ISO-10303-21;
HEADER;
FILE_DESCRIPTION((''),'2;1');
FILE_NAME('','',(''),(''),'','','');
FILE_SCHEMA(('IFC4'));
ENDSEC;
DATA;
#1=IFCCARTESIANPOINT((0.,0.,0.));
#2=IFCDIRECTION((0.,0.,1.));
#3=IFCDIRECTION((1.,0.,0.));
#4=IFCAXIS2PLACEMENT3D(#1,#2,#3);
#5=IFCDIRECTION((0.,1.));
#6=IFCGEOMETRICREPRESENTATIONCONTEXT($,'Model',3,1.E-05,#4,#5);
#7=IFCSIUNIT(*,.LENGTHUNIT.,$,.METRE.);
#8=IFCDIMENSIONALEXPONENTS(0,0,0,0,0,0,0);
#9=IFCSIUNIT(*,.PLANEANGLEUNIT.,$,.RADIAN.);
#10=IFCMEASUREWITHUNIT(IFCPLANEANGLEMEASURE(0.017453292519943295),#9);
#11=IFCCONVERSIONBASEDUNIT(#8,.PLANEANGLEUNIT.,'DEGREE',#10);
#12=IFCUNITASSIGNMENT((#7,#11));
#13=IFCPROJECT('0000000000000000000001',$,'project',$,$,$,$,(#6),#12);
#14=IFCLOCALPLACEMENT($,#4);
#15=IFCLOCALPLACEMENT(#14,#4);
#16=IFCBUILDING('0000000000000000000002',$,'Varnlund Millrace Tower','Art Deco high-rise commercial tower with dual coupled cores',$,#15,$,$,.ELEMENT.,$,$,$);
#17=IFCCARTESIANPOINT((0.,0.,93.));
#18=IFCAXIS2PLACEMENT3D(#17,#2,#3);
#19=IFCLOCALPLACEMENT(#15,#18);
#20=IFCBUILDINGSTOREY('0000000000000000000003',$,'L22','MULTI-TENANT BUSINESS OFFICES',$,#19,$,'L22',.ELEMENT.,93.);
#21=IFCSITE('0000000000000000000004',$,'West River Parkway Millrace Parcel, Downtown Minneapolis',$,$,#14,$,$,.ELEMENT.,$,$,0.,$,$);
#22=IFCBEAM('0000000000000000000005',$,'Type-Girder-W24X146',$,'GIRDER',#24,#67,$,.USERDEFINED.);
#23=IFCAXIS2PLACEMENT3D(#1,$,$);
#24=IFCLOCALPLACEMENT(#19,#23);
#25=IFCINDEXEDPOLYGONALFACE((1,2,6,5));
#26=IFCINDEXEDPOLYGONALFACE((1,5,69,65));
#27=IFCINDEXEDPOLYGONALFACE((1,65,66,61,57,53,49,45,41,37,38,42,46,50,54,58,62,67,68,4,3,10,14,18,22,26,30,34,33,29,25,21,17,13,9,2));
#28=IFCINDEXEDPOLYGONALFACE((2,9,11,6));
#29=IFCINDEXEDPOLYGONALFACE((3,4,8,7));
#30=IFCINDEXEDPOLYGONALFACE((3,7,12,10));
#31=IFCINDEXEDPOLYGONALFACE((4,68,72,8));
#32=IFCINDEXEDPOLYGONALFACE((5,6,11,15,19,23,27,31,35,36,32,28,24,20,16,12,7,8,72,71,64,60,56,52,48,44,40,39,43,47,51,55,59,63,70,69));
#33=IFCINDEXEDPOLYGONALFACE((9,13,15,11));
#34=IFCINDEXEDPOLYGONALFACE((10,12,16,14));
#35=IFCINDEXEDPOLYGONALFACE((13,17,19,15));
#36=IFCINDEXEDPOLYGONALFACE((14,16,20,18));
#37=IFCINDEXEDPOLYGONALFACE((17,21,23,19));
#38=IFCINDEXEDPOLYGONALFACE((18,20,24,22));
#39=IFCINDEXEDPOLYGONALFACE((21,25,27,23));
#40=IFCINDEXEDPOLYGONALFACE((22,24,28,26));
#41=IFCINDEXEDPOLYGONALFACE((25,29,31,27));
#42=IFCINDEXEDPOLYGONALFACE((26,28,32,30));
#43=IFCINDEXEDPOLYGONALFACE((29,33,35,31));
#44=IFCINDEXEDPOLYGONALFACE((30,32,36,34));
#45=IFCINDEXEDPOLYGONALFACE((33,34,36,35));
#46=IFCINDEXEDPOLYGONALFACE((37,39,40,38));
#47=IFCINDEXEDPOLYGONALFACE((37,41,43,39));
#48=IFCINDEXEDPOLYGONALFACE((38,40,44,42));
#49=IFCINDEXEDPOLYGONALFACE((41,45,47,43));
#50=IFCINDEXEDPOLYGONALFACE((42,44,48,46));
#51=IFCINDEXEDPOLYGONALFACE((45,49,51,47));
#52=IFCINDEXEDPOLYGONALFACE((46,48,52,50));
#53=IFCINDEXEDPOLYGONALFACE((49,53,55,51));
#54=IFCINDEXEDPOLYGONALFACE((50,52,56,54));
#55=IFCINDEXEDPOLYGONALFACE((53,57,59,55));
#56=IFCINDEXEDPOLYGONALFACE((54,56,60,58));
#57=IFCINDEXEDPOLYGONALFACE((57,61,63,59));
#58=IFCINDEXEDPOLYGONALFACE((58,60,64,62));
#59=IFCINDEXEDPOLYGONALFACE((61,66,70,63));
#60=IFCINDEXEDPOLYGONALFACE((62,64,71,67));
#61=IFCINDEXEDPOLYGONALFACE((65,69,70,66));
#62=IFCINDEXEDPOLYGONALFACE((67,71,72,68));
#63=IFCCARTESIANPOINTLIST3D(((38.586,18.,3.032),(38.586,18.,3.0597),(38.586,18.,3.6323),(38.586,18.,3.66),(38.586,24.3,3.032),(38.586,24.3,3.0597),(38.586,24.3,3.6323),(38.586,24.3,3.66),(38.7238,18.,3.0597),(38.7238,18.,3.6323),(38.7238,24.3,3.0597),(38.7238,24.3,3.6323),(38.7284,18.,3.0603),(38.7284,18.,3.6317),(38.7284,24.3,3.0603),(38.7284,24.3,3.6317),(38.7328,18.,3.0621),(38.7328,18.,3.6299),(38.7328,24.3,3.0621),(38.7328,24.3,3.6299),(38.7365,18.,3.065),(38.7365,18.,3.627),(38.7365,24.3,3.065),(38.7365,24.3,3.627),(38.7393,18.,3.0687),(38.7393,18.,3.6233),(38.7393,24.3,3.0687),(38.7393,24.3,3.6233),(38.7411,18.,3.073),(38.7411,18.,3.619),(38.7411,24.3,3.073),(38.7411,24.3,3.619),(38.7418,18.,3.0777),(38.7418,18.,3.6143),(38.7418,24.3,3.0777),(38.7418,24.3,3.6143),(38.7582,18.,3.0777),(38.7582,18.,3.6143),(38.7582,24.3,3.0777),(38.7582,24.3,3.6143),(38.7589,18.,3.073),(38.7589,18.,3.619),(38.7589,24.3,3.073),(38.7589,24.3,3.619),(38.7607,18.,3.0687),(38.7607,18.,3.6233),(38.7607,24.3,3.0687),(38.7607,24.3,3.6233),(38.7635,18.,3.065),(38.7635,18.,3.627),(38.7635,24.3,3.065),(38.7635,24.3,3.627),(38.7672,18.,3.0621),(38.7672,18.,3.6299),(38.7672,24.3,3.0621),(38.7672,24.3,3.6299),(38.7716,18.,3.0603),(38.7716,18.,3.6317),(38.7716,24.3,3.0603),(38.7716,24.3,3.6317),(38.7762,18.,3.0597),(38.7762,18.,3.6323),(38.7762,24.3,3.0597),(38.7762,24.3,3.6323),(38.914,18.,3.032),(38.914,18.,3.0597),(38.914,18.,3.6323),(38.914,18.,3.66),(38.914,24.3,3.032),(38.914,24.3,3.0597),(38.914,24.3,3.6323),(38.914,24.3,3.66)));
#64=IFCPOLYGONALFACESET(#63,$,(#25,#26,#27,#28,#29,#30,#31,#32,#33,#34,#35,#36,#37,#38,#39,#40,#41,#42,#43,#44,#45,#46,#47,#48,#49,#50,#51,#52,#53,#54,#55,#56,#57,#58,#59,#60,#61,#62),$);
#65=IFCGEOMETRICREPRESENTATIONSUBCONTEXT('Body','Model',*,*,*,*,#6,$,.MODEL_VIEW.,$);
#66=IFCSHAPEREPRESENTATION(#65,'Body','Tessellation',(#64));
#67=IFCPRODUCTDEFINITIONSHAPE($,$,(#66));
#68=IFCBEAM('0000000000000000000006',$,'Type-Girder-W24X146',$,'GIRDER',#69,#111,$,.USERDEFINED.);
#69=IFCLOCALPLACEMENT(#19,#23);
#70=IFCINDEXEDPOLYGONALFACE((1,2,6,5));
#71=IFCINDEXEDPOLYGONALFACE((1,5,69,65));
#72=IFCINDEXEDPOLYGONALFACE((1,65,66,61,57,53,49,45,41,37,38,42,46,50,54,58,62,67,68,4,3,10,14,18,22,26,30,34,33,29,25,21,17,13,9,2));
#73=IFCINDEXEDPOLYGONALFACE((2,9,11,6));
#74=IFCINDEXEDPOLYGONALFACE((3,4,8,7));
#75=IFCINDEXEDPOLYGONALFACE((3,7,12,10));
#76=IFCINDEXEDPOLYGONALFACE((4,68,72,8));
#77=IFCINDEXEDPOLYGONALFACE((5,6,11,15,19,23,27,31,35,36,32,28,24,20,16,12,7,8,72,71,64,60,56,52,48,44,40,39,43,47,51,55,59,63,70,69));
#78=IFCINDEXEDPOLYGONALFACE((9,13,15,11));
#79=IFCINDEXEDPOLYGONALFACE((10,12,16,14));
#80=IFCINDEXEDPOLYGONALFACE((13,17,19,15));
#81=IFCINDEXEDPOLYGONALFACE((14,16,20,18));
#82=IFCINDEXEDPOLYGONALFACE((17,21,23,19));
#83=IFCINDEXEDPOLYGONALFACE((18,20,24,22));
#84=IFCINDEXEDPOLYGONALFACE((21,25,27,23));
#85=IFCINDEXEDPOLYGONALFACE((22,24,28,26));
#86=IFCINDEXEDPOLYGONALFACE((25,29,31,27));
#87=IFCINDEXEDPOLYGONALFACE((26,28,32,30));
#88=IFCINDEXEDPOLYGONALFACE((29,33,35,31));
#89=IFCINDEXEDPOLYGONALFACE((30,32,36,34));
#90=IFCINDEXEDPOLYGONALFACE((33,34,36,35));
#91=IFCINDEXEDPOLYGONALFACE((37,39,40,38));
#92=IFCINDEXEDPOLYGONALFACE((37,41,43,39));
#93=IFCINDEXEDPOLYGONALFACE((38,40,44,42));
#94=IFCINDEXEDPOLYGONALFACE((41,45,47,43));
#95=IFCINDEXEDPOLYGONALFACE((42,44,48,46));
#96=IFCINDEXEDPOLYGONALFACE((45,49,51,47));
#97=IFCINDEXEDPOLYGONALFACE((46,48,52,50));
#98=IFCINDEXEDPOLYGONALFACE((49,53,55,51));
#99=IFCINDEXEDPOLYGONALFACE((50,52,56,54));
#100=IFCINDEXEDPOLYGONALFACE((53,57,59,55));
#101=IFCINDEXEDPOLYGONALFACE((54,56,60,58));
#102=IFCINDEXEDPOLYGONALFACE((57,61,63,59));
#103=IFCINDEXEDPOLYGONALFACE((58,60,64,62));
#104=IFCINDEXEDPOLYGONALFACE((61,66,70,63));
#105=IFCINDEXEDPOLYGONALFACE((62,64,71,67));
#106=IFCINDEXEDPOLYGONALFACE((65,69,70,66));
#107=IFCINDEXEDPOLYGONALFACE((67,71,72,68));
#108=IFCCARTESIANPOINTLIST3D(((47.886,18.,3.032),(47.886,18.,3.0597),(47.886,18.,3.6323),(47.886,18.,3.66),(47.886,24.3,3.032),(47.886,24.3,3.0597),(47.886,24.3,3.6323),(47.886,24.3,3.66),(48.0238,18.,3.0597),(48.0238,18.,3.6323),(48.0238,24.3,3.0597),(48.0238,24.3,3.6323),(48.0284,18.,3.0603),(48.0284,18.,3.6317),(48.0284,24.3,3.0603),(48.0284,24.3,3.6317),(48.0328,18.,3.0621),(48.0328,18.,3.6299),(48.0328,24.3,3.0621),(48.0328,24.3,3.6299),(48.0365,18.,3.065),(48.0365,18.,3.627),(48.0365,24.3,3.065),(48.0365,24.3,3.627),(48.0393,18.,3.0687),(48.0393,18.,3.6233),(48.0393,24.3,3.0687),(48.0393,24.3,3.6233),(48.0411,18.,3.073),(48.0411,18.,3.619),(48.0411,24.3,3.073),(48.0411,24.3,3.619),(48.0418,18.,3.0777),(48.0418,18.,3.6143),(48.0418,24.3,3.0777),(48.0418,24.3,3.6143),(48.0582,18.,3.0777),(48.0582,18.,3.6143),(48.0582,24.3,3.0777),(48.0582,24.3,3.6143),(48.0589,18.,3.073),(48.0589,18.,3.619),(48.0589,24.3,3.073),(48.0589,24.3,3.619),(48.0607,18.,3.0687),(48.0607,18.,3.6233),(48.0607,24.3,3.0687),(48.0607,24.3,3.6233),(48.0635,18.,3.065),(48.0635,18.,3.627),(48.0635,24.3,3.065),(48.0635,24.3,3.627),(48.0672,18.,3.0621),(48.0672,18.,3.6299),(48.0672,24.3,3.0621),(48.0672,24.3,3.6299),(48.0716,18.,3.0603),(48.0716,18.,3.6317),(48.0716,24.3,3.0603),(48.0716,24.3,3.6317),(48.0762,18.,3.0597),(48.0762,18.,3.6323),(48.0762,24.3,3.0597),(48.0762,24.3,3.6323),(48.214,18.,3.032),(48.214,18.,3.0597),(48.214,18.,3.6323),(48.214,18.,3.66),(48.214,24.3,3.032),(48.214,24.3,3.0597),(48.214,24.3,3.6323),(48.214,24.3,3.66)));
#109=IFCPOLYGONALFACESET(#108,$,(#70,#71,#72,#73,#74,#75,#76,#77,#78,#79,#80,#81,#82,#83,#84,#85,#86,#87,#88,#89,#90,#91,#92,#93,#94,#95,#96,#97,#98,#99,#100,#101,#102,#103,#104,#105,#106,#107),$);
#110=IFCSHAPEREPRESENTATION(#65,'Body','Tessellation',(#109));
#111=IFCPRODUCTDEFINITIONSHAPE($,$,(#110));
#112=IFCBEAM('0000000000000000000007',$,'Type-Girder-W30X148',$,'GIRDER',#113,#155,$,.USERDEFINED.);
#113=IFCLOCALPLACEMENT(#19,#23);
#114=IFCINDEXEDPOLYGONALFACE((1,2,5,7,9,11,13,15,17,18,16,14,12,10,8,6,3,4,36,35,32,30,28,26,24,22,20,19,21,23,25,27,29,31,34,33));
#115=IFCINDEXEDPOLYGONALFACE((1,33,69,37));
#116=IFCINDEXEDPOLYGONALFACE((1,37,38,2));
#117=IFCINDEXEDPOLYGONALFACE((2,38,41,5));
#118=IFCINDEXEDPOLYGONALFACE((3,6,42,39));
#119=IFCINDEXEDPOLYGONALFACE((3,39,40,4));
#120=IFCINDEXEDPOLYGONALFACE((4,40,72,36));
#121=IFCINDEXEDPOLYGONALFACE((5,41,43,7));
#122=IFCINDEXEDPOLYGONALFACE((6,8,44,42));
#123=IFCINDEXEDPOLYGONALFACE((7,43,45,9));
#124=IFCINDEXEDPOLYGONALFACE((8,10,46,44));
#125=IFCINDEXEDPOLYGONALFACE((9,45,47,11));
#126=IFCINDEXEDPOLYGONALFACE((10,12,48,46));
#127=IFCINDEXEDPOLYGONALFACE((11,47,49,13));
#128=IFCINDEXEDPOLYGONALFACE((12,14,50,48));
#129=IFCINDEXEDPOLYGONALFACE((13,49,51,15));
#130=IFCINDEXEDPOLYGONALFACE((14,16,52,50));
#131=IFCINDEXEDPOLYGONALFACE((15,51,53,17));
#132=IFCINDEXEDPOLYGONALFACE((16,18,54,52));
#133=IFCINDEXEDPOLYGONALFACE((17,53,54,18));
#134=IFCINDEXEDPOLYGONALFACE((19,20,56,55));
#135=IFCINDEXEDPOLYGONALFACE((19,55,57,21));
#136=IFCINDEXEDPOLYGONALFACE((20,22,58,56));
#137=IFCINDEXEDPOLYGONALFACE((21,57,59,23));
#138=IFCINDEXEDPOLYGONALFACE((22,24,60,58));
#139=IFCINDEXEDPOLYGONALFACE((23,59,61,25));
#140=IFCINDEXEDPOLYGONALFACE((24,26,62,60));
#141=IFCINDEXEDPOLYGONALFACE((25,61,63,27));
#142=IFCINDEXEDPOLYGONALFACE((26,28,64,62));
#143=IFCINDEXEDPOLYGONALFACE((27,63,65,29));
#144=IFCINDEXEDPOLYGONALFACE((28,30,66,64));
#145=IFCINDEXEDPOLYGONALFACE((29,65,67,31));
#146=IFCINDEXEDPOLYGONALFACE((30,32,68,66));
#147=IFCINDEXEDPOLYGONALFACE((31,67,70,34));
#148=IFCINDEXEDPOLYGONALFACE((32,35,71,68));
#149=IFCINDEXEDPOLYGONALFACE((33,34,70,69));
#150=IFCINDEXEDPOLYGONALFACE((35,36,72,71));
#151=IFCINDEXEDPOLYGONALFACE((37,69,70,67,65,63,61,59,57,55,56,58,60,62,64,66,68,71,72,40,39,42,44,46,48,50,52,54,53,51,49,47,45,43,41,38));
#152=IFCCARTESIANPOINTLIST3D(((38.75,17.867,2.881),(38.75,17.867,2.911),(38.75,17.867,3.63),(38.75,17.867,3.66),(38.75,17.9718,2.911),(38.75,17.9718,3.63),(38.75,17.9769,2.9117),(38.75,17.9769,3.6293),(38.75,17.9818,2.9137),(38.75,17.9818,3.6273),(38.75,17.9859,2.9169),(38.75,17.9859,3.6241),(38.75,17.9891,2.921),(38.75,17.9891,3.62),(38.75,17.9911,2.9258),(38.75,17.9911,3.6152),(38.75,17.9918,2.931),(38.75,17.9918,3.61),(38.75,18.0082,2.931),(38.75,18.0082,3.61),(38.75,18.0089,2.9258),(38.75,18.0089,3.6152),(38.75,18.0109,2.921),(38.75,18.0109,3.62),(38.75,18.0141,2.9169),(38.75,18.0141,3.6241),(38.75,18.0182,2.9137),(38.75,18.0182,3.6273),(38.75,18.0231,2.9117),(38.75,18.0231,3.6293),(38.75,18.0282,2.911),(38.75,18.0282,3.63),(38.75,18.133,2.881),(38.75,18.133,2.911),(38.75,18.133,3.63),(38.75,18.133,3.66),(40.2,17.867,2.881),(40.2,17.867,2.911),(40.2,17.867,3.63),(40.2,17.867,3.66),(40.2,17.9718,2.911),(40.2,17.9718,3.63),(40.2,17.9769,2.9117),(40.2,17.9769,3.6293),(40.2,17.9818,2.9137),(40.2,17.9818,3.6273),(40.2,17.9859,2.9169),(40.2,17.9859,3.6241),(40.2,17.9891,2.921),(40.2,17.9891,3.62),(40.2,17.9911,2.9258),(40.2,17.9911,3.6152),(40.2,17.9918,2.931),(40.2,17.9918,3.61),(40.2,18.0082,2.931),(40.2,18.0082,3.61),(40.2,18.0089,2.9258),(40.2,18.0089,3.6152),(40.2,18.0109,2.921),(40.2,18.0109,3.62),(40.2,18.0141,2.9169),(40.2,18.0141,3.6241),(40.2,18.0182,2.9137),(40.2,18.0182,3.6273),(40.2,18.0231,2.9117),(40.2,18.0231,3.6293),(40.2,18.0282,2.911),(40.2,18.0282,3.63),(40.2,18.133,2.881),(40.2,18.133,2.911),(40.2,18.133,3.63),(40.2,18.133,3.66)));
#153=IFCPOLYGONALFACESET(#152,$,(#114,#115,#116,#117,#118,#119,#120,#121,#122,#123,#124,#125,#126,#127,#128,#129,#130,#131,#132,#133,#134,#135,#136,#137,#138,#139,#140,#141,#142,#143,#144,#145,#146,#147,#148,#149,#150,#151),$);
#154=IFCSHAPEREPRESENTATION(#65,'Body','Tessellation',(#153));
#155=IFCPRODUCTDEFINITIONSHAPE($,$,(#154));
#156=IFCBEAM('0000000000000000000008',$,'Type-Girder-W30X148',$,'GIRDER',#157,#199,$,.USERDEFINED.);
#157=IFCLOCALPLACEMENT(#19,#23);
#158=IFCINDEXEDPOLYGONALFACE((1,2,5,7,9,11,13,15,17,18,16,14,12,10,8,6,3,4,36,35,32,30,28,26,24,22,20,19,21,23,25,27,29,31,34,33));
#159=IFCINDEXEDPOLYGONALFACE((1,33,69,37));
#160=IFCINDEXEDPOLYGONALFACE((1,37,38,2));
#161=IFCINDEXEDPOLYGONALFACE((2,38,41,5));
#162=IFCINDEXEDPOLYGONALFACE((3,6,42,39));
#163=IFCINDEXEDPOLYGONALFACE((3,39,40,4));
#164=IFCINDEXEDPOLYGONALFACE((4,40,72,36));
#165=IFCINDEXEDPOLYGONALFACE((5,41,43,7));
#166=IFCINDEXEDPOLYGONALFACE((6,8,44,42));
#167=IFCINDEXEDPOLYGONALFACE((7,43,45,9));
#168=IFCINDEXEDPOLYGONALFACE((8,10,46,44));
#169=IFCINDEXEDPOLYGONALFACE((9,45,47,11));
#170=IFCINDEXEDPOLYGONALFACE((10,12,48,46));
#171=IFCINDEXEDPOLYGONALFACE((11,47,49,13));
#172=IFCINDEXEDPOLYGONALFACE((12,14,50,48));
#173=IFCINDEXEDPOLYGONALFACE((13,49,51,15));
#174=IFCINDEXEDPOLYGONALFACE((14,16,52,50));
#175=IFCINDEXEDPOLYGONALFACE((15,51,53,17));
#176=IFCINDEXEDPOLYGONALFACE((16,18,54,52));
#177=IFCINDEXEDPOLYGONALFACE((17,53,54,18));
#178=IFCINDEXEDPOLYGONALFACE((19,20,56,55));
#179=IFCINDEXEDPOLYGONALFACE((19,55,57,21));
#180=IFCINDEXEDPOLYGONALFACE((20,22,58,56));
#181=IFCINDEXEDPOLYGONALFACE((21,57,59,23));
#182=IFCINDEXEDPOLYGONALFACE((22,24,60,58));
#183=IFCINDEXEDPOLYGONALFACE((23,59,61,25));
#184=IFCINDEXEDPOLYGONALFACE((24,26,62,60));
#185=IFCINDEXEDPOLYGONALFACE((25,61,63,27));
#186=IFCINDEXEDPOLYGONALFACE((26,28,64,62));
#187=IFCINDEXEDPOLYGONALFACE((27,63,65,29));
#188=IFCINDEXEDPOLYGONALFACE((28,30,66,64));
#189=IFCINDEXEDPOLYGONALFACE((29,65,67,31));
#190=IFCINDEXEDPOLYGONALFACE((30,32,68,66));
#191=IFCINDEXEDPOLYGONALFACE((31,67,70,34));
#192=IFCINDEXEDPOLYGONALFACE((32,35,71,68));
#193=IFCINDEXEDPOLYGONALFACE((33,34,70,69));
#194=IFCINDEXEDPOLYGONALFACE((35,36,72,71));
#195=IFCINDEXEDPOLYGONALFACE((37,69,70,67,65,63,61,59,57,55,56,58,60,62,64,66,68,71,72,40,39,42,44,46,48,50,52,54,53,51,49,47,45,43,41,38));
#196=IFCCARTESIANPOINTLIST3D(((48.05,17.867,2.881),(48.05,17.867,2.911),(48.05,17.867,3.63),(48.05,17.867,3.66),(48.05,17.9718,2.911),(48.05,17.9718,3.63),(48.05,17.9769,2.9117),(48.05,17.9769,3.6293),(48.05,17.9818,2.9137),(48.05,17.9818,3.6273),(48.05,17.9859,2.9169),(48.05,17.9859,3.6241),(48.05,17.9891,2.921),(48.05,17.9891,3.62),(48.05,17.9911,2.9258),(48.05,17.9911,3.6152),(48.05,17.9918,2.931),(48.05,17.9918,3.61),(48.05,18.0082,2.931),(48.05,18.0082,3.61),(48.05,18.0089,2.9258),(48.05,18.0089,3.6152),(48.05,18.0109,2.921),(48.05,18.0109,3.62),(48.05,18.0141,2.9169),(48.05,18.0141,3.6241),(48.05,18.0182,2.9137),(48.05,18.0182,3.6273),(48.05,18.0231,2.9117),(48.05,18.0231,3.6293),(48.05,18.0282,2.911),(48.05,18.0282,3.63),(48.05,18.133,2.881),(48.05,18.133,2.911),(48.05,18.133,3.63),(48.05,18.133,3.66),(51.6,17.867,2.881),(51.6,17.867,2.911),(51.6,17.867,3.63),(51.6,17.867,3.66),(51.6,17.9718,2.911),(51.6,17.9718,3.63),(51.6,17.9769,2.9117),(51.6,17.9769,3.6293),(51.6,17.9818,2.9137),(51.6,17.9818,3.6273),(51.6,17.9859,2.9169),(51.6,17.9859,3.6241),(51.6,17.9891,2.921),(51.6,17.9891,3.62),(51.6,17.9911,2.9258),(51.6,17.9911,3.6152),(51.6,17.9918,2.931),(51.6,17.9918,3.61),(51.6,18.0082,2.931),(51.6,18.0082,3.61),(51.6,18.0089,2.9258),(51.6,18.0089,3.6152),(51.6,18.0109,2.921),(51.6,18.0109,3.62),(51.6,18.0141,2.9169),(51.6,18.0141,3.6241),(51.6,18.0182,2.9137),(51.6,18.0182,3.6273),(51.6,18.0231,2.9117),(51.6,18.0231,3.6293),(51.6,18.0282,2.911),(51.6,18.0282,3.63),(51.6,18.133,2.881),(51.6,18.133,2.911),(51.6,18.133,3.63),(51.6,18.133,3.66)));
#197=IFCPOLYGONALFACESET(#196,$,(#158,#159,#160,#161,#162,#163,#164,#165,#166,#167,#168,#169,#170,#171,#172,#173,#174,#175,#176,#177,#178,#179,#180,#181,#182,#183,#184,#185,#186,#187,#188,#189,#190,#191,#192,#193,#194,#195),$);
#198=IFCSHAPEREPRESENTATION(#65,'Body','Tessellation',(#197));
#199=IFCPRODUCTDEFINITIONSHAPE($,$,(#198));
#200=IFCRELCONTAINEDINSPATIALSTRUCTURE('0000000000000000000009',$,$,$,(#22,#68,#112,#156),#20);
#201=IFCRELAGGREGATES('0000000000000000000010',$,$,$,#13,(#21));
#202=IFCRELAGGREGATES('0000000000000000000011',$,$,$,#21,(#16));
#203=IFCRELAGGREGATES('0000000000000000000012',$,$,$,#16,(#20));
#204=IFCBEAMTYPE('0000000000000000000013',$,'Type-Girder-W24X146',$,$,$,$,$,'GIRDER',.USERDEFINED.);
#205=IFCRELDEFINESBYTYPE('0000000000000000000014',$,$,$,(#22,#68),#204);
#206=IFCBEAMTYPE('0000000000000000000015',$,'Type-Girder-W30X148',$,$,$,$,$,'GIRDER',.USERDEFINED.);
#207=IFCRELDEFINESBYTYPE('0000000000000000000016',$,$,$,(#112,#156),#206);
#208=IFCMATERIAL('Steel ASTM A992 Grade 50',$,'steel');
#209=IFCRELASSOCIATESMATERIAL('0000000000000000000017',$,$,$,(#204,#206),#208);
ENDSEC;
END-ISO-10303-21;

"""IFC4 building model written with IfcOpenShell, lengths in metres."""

from ifc_helpers import new_model, entity, si_unit, converted_unit, direction, frame, origin_with_axes, origin_2d_with_axis, place, context, subcontext, project, spatial, i_section, extrude, material, material_profile, profile_set, type_object, element, save


model = new_model("IFC4")

# Units and contexts
model_context = context("Model", 3, precision=1e-05, world=origin_with_axes(), true_north=direction((0.0, 1.0)))
body_context = subcontext(model_context, "Body", "Model", "MODEL_VIEW")
ifc_project = project(units=[si_unit("LENGTHUNIT", "METRE"), converted_unit("PLANEANGLEUNIT", "DEGREE", entity("IfcPlaneAngleMeasure", 0.017453292519943295), si_unit("PLANEANGLEUNIT", "RADIAN"), dimensions=[0, 0, 0, 0, 0, 0, 0])], contexts=[model_context])

# Site, building, storey
site_placement = place(None, origin_with_axes())
site = spatial("IfcSite", under=ifc_project, at=site_placement, Name="West River Parkway Millrace Parcel, Downtown Minneapolis", CompositionType="ELEMENT", RefElevation=0.0)
building_placement = place(site_placement, origin_with_axes())
building = spatial("IfcBuilding", under=site, at=building_placement, Name="Varnlund Millrace Tower", Description="Art Deco high-rise commercial tower with dual coupled cores", CompositionType="ELEMENT")
storey_placement = place(building_placement, frame((0.0, 0.0, 93.0), z_axis=(0.0, 0.0, 1.0), x_axis=(1.0, 0.0, 0.0)))
storey = spatial("IfcBuildingStorey", under=building, at=storey_placement, Name="L22", Description="MULTI-TENANT BUSINESS OFFICES", LongName="L22", CompositionType="ELEMENT", Elevation=93.0)

# Beams
ifc_material_1 = material(Name="Steel ASTM A992 Grade 50", Category="steel")
ifc_material_profile_1 = material_profile(ifc_material_1, i_section(OverallWidth=0.328, OverallDepth=0.628, WebThickness=0.0165, FlangeThickness=0.0277, FilletRadius=0.018, at=origin_2d_with_axis()), Name="Steel ASTM A992 Grade 50")
ifc_profile_set_1 = profile_set([ifc_material_profile_1], Name="Steel ASTM A992 Grade 50")
beam_type_1 = type_object("IfcBeamType", Name="Type-Girder-W24X146", ElementType="GIRDER", PredefinedType="USERDEFINED", material=ifc_profile_set_1)
for number, where, z_axis, x_axis, name in (
    (1, (38.75, 18.0, 3.346), (0.0, 1.0, 0.0), (-1.0, 0.0, 0.0), "Type-Girder-W24X146"),
    (2, (48.05, 18.0, 3.346), (0.0, 1.0, 0.0), (-1.0, 0.0, 0.0), "Type-Girder-W24X146"),
):
    element("IfcBeam", number, at=place(storey_placement, frame(where, z_axis=z_axis, x_axis=x_axis)), inside=storey, type_object=beam_type_1, Name=name, ObjectType="GIRDER", PredefinedType="USERDEFINED", context=body_context, shape_type="SweptSolid", body=[
        extrude(i_section(OverallWidth=0.328, OverallDepth=0.628, WebThickness=0.0165, FlangeThickness=0.0277, FilletRadius=0.018, at=origin_2d_with_axis()), origin_with_axes(), (0.0, 0.0, 1.0), 6.3),
    ])
ifc_material_profile_2 = material_profile(ifc_material_1, i_section(OverallWidth=0.266, OverallDepth=0.779, WebThickness=0.0165, FlangeThickness=0.03, FilletRadius=0.02, at=origin_2d_with_axis()), Name="Steel ASTM A992 Grade 50")
ifc_profile_set_2 = profile_set([ifc_material_profile_2], Name="Steel ASTM A992 Grade 50")
beam_type_2 = type_object("IfcBeamType", Name="Type-Girder-W30X148", ElementType="GIRDER", PredefinedType="USERDEFINED", material=ifc_profile_set_2)
beam_1_placement = place(storey_placement, frame((38.75, 18.0, 3.2705), z_axis=(1.0, 0.0, 0.0), x_axis=(0.0, 1.0, 0.0)))
element("IfcBeam", 3, at=beam_1_placement, inside=storey, type_object=beam_type_2, Name="Type-Girder-W30X148", ObjectType="GIRDER", PredefinedType="USERDEFINED", context=body_context, shape_type="SweptSolid", body=[
    extrude(i_section(OverallWidth=0.266, OverallDepth=0.779, WebThickness=0.0165, FlangeThickness=0.03, FilletRadius=0.02, at=origin_2d_with_axis()), origin_with_axes(), (0.0, 0.0, 1.0), 1.45),
])
beam_2_placement = place(storey_placement, frame((48.05, 18.0, 3.2705), z_axis=(1.0, 0.0, 0.0), x_axis=(0.0, 1.0, 0.0)))
element("IfcBeam", 4, at=beam_2_placement, inside=storey, type_object=beam_type_2, Name="Type-Girder-W30X148", ObjectType="GIRDER", PredefinedType="USERDEFINED", context=body_context, shape_type="SweptSolid", body=[
    extrude(i_section(OverallWidth=0.266, OverallDepth=0.779, WebThickness=0.0165, FlangeThickness=0.03, FilletRadius=0.02, at=origin_2d_with_axis()), origin_with_axes(), (0.0, 0.0, 1.0), 3.55),
])

save(model, "model.ifc")
